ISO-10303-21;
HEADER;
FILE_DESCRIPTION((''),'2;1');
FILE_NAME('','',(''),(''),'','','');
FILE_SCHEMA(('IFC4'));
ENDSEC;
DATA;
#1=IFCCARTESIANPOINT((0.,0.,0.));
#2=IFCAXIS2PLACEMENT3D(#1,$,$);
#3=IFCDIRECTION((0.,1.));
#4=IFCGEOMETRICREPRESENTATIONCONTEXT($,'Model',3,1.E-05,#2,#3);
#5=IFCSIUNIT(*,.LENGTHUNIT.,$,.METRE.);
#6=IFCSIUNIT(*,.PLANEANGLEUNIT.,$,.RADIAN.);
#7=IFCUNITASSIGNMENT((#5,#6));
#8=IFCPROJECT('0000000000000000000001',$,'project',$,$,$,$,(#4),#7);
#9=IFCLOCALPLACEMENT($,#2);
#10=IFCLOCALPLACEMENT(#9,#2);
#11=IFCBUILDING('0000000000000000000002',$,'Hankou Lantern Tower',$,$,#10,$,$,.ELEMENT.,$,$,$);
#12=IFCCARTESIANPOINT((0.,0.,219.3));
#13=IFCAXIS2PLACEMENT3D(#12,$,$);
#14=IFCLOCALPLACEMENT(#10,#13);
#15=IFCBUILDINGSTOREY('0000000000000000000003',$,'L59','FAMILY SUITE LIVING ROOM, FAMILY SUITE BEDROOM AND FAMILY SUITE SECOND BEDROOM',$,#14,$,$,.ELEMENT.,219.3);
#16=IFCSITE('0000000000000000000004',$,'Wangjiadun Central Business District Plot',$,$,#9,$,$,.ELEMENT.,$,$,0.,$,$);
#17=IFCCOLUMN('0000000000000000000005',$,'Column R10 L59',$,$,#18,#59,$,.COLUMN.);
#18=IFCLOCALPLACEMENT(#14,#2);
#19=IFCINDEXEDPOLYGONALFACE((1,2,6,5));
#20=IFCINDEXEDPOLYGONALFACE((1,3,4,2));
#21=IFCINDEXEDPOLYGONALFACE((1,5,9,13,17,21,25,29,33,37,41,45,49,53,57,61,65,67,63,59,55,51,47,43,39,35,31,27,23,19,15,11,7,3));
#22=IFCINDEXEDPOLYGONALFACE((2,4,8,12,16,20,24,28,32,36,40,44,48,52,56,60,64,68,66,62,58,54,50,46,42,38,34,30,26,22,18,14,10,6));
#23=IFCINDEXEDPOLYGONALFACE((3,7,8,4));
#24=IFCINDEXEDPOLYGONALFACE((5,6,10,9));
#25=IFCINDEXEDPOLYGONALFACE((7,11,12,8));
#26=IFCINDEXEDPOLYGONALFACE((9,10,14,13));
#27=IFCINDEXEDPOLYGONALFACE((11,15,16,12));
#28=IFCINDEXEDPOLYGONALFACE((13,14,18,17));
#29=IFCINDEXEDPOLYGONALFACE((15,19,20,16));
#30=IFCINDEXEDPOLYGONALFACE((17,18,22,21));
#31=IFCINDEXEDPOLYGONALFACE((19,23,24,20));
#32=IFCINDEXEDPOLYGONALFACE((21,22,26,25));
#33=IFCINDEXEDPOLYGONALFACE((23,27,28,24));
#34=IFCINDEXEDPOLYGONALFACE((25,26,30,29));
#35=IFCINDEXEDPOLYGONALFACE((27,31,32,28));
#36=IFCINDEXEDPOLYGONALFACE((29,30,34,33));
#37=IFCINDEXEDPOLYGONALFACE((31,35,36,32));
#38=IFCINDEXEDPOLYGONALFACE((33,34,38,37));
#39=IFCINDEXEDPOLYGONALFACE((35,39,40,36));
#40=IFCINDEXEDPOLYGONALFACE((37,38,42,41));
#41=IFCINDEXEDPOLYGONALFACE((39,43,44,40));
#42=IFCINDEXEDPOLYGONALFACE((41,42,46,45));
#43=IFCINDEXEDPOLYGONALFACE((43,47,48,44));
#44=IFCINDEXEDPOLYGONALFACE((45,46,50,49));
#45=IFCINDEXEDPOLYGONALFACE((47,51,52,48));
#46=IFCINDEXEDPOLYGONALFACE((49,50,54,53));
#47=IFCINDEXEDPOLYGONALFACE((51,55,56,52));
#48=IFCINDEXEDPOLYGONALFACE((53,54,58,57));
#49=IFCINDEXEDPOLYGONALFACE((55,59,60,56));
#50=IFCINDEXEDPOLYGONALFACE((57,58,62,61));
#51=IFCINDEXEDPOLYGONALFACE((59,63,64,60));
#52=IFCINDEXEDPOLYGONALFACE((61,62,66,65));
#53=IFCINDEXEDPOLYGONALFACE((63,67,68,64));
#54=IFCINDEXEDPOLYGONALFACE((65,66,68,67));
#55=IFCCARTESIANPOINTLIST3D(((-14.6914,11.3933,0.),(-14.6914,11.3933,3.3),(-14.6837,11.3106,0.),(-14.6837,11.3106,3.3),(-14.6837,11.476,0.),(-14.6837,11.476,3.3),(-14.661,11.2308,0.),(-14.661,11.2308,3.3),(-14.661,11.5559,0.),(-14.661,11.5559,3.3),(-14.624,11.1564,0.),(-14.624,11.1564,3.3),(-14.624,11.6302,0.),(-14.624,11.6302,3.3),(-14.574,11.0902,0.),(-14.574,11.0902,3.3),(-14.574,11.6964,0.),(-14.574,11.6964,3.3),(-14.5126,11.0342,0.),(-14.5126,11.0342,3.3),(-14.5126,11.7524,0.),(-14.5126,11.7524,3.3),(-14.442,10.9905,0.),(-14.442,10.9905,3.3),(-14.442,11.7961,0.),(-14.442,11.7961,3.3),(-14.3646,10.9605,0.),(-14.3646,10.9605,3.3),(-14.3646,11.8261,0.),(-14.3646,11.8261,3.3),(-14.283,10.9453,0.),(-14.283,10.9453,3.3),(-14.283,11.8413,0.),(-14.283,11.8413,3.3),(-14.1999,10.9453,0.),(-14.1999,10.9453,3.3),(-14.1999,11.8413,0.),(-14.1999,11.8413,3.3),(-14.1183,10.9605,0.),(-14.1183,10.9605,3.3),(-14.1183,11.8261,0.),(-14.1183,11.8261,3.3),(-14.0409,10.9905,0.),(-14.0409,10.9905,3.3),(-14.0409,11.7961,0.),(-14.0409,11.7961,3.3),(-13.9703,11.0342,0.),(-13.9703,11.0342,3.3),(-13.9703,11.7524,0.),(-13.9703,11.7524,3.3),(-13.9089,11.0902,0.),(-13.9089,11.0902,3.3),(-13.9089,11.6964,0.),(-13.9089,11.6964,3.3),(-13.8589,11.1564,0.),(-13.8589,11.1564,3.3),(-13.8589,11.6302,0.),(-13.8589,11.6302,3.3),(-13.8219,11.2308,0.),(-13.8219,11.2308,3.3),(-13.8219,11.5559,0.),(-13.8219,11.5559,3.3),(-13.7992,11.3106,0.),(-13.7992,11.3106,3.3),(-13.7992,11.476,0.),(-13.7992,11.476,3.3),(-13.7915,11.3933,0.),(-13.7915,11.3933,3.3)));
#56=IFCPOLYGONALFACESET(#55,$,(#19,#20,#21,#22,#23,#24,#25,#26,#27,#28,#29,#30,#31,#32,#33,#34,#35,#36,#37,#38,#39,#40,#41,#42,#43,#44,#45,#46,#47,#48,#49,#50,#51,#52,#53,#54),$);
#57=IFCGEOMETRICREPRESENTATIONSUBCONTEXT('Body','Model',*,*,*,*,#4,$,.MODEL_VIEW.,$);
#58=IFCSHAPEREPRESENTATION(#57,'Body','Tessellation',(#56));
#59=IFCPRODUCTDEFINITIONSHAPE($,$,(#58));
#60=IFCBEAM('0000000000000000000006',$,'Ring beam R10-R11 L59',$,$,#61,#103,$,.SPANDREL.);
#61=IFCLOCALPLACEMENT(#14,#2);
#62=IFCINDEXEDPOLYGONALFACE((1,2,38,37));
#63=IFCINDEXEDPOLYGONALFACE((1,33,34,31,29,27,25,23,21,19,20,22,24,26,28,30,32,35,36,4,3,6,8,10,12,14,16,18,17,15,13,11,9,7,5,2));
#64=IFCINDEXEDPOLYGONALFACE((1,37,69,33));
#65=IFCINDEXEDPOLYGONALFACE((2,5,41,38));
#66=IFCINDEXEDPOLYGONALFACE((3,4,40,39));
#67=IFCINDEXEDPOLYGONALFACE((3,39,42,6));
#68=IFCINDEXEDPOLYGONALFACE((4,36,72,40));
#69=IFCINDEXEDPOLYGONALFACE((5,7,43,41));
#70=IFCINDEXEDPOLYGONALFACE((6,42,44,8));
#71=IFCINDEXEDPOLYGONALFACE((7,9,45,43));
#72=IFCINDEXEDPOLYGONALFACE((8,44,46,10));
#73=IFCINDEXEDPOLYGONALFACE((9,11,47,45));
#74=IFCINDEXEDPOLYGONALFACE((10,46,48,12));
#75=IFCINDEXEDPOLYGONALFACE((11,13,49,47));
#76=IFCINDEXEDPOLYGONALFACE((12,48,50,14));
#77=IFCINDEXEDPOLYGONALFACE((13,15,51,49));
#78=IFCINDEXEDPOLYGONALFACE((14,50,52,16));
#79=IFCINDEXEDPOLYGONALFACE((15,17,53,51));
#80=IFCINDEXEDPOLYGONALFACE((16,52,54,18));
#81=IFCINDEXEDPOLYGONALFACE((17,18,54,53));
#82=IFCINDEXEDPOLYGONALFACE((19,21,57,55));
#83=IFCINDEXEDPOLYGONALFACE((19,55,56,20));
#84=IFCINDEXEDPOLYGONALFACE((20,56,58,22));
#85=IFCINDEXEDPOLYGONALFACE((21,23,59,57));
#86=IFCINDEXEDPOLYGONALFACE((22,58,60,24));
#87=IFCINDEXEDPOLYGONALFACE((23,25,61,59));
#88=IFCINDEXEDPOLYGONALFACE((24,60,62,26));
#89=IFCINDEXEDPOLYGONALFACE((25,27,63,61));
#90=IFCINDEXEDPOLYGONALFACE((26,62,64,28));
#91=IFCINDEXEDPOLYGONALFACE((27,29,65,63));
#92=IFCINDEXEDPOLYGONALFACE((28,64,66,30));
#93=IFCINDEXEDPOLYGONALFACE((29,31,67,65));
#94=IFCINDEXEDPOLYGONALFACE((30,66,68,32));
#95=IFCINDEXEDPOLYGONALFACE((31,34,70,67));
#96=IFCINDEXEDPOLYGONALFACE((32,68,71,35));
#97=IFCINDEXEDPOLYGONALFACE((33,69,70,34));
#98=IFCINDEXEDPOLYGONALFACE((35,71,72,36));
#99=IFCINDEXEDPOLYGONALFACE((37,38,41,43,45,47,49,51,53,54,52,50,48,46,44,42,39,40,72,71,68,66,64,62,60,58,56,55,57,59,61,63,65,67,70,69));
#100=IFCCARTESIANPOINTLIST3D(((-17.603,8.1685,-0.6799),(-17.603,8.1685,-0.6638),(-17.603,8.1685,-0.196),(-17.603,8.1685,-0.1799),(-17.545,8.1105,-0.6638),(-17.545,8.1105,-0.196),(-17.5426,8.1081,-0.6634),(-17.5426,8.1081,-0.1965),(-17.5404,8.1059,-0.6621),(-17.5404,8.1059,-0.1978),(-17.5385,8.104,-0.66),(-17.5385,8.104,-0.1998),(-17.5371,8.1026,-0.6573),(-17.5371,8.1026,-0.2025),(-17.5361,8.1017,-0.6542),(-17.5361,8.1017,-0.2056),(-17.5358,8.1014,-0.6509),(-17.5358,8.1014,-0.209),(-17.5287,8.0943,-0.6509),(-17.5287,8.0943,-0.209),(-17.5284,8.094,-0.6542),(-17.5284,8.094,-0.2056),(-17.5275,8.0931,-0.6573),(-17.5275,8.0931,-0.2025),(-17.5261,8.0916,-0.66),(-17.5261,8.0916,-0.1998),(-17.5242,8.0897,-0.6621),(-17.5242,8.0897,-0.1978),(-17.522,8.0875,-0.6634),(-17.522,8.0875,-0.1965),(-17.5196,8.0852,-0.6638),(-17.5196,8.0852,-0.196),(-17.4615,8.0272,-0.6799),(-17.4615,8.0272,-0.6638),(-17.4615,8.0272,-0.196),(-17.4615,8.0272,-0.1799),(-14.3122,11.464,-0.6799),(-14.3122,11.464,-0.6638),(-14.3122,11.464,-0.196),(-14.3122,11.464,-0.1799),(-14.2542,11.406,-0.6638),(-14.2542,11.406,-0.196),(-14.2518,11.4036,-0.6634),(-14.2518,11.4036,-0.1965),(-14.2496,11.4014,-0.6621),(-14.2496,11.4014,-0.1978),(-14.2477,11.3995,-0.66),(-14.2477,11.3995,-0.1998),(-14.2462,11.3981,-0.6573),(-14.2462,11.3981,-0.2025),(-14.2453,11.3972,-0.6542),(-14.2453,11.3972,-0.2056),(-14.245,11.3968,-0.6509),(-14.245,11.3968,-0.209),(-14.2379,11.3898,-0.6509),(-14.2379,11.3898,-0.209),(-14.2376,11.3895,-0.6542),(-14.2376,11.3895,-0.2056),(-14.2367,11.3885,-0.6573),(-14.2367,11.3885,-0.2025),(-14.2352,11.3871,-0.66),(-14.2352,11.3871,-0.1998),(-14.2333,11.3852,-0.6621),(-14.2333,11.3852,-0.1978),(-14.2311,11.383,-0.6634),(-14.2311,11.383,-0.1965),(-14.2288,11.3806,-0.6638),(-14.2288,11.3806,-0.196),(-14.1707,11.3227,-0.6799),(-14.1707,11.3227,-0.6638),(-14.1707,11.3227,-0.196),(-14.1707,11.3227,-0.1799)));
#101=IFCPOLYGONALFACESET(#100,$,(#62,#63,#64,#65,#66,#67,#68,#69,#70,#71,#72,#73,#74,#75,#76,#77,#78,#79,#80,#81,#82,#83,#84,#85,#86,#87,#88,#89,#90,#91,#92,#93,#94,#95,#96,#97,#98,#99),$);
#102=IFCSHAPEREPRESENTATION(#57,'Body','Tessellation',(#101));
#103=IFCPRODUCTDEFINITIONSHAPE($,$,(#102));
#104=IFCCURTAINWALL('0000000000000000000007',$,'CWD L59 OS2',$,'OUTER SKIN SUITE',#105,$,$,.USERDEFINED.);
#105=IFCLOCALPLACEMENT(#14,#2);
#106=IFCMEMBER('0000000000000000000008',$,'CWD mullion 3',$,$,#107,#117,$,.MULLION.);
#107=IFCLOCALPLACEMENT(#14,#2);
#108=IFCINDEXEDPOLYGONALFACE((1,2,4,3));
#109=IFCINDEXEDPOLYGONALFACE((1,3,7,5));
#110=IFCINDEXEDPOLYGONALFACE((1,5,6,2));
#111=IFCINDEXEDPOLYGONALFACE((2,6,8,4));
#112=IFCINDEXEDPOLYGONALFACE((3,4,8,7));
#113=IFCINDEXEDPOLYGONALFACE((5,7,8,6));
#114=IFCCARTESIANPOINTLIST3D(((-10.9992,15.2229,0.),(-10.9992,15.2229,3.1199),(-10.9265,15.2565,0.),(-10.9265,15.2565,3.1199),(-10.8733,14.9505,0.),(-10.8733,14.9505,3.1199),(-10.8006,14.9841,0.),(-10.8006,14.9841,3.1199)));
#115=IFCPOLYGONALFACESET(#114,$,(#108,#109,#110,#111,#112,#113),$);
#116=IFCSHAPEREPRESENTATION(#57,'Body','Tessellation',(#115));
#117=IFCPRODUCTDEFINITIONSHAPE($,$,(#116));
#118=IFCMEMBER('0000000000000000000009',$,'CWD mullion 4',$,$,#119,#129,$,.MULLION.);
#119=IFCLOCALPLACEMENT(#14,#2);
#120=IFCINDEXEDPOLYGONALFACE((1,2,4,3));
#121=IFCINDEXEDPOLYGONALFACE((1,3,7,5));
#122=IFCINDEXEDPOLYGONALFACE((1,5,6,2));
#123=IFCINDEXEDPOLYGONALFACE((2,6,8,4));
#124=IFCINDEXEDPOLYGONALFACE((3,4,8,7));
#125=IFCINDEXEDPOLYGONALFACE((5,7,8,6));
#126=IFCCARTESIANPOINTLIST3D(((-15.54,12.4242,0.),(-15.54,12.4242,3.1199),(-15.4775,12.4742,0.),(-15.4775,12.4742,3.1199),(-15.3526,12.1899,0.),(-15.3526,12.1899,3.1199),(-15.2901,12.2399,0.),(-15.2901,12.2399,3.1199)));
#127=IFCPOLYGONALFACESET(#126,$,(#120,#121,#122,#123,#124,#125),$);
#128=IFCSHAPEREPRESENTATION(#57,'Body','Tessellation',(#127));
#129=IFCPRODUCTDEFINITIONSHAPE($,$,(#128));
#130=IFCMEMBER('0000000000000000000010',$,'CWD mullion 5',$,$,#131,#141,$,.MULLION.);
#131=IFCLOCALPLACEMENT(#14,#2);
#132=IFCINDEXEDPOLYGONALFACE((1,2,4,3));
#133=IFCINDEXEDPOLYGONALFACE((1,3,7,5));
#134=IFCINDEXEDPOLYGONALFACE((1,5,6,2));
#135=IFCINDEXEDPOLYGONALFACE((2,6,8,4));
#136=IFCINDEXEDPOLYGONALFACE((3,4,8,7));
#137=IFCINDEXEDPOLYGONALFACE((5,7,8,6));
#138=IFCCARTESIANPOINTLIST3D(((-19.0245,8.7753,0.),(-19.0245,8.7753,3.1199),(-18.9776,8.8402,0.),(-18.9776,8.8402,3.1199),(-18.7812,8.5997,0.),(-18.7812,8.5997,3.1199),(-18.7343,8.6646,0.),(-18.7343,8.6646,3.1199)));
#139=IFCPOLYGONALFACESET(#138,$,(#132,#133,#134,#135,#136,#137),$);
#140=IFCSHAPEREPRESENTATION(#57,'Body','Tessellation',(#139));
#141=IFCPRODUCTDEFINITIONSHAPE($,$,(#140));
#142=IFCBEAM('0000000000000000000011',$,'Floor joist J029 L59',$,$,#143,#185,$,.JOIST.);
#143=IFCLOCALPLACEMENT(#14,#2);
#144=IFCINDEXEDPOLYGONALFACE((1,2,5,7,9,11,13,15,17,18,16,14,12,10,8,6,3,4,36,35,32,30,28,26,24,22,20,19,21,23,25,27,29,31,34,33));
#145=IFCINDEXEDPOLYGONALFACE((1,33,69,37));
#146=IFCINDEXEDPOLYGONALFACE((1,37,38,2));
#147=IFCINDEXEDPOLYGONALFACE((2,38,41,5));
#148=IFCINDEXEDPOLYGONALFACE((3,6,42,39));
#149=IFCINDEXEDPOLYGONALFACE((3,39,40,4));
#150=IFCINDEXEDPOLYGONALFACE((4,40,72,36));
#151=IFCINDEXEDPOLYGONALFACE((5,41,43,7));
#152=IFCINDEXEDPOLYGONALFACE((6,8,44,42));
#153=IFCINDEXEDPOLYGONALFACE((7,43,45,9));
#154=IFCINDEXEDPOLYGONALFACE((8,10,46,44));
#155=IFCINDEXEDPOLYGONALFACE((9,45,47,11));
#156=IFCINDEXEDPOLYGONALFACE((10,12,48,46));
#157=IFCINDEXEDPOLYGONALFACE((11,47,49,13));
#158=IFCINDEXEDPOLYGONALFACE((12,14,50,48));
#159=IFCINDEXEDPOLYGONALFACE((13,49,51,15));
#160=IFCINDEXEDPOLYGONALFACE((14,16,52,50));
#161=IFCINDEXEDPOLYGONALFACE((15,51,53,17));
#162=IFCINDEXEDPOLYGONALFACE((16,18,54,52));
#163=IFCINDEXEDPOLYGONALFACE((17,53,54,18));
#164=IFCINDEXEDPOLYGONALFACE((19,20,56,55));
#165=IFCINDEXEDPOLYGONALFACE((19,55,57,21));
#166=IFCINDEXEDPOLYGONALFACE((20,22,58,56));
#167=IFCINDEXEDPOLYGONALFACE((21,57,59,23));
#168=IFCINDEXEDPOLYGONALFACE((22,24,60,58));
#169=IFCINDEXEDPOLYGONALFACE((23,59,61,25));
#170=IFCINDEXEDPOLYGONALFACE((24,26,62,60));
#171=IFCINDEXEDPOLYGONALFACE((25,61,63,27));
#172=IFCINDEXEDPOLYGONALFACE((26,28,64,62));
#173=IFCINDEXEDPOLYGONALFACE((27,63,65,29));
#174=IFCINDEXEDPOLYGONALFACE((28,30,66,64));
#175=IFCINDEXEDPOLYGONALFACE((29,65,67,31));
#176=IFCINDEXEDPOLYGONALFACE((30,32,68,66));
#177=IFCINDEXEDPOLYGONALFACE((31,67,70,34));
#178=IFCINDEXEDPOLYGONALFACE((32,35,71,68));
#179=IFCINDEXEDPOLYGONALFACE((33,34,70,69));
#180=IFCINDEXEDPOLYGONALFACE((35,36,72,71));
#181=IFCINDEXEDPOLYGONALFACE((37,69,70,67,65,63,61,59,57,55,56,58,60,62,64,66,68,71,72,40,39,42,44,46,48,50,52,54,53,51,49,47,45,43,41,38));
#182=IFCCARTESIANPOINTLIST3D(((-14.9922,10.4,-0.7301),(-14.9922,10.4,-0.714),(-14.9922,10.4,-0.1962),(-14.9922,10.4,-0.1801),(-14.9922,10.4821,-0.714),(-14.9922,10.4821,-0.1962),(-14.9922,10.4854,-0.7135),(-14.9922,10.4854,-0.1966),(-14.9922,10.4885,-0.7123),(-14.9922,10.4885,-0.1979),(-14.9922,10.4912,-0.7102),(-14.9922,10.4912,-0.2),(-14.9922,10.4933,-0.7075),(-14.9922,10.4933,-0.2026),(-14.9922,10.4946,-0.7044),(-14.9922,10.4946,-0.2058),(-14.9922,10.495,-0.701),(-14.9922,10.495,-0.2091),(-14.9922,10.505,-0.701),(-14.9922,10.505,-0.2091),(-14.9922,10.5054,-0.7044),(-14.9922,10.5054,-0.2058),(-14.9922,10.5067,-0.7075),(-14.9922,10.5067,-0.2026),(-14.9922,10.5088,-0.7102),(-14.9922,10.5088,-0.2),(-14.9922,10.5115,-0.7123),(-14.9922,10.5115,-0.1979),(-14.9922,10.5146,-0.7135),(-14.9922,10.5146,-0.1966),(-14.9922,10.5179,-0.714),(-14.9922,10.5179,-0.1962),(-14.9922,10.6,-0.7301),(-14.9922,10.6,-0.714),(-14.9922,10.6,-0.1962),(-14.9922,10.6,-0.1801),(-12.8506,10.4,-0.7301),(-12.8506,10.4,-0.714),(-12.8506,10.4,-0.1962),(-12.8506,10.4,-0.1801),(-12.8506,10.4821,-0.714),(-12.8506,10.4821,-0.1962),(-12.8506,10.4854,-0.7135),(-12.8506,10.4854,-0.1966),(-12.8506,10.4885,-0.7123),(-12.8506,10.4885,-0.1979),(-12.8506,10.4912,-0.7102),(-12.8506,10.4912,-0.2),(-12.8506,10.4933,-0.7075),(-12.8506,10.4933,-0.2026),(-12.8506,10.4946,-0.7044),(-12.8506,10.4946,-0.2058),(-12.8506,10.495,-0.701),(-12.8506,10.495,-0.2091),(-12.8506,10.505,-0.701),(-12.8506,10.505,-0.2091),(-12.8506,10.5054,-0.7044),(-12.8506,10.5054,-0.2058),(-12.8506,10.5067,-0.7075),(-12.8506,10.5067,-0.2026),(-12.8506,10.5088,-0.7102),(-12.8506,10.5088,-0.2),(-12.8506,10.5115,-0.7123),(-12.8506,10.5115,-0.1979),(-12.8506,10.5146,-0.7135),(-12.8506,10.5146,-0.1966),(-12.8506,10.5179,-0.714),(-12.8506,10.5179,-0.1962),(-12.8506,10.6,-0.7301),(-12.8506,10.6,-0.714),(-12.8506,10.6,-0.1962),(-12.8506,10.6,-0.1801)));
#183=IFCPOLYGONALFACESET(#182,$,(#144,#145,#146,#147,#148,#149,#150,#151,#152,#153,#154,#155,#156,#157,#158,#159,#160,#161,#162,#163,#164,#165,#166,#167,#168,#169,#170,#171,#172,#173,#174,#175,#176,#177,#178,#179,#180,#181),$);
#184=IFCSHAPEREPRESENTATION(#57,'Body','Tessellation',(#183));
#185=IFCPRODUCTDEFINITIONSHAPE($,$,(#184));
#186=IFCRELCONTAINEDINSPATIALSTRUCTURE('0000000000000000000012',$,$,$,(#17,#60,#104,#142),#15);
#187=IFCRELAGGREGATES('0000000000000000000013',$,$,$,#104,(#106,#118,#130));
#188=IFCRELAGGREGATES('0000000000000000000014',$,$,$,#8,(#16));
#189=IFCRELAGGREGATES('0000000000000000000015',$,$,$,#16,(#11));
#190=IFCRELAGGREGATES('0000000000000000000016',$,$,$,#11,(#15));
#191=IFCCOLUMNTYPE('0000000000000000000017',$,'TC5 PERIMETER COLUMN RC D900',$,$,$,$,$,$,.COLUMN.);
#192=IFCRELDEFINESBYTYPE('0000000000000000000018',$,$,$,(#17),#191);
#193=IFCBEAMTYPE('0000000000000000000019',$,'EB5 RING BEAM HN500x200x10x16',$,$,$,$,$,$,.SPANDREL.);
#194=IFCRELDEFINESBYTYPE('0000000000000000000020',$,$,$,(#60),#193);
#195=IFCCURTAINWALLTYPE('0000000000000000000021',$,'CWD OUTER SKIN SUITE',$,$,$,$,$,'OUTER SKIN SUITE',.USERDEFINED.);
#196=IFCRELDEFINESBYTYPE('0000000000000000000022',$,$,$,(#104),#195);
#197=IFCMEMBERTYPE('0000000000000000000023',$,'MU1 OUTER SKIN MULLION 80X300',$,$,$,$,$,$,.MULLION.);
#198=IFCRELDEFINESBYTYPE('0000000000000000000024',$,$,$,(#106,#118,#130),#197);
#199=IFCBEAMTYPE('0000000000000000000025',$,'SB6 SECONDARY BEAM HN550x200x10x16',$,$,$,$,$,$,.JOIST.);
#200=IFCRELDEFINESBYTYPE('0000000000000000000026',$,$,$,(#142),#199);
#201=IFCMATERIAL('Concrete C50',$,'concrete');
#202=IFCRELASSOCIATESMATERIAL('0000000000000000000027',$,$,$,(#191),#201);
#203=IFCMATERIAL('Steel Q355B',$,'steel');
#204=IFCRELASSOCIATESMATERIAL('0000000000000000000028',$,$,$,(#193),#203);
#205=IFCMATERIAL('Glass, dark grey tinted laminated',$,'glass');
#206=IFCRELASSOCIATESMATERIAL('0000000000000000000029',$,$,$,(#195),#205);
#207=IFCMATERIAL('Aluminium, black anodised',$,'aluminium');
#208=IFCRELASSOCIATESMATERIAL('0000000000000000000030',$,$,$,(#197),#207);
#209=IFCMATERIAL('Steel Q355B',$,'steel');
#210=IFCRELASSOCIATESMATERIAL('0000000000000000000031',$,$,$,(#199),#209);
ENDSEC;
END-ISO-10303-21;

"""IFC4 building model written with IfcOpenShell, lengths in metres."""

from ifc_helpers import new_model, si_unit, direction, frame, origin, origin_2d, place, context, subcontext, project, spatial, rectangle, circle, i_section, extrude, material, material_profile, profile_set, type_object, element, aggregate, save


model = new_model("IFC4")

# Units and contexts
model_context = context("Model", 3, precision=1e-05, world=origin(), true_north=direction((0.0, 1.0)))
body_context = subcontext(model_context, "Body", "Model", "MODEL_VIEW")
ifc_project = project(units=[si_unit("LENGTHUNIT", "METRE"), si_unit("PLANEANGLEUNIT", "RADIAN")], contexts=[model_context])

# Site, building, storey
site_placement = place(None, origin())
site = spatial("IfcSite", under=ifc_project, at=site_placement, Name="Wangjiadun Central Business District Plot", CompositionType="ELEMENT", RefElevation=0.0)
building_placement = place(site_placement, origin())
building = spatial("IfcBuilding", under=site, at=building_placement, Name="Hankou Lantern Tower", CompositionType="ELEMENT")
storey_placement = place(building_placement, frame((0.0, 0.0, 219.3)))
storey = spatial("IfcBuildingStorey", under=building, at=storey_placement, Name="L59", Description="FAMILY SUITE LIVING ROOM, FAMILY SUITE BEDROOM AND FAMILY SUITE SECOND BEDROOM", CompositionType="ELEMENT", Elevation=219.3)

# Column
ifc_material_1 = material(Name="Concrete C50", Category="concrete")
ifc_material_profile_1 = material_profile(ifc_material_1, circle(Radius=0.45, at=origin_2d()), Name="RC D900")
ifc_profile_set_1 = profile_set([ifc_material_profile_1], Name="Concrete C50")
column_type = type_object("IfcColumnType", Name="TC5 PERIMETER COLUMN RC D900", PredefinedType="COLUMN", material=ifc_profile_set_1)
column_placement = place(storey_placement, frame((-14.2415, 11.3933, 0.0), z_axis=(0.0, 0.0, 1.0), x_axis=(1.0, 0.0, 0.0)))
element("IfcColumn", 1, at=column_placement, inside=storey, type_object=column_type, Name="Column R10 L59", PredefinedType="COLUMN", context=body_context, shape_type="SweptSolid", body=[
    extrude(circle(Radius=0.45, at=origin_2d()), origin(), (0.0, 0.0, 1.0), 3.3),
])

# Beam
ifc_material_2 = material(Name="Steel Q355B", Category="steel")
ifc_material_profile_2 = material_profile(ifc_material_2, i_section(OverallWidth=0.2, OverallDepth=0.5, WebThickness=0.01, FlangeThickness=0.0161, FilletRadius=0.0129, at=origin_2d()), Name="HN500x200x10x16")
ifc_profile_set_2 = profile_set([ifc_material_profile_2], Name="Steel Q355B")
beam_type_1 = type_object("IfcBeamType", Name="EB5 RING BEAM HN500x200x10x16", PredefinedType="SPANDREL", material=ifc_profile_set_2)
beam_1_placement = place(storey_placement, frame((-14.2415, 11.3933, -0.4299), z_axis=(-0.706609, -0.707605, 0.0), x_axis=(0.707605, -0.706609, 0.0)))
element("IfcBeam", 2, at=beam_1_placement, inside=storey, type_object=beam_type_1, Name="Ring beam R10-R11 L59", PredefinedType="SPANDREL", context=body_context, shape_type="SweptSolid", body=[
    extrude(i_section(OverallWidth=0.2, OverallDepth=0.5, WebThickness=0.01, FlangeThickness=0.0161, FilletRadius=0.0129, at=origin_2d()), origin(), (0.0, 0.0, 1.0), 4.6572),
])

# Curtain wall, members
ifc_material_3 = material(Name="Glass, dark grey tinted laminated", Category="glass")
curtain_wall_type = type_object("IfcCurtainWallType", Name="CWD OUTER SKIN SUITE", ElementType="OUTER SKIN SUITE", PredefinedType="USERDEFINED", material=ifc_material_3)
curtain_wall_placement = place(storey_placement, origin())
curtain_wall = element("IfcCurtainWall", 3, at=curtain_wall_placement, inside=storey, type_object=curtain_wall_type, Name="CWD L59 OS2", ObjectType="OUTER SKIN SUITE", PredefinedType="USERDEFINED")
ifc_material_4 = material(Name="Aluminium, black anodised", Category="aluminium")
ifc_material_profile_3 = material_profile(ifc_material_4, rectangle(XDim=0.0801, YDim=0.3, at=origin_2d()), Name="MU1 80X300")
ifc_profile_set_3 = profile_set([ifc_material_profile_3], Name="Aluminium, black anodised")
member_type_1 = type_object("IfcMemberType", Name="MU1 OUTER SKIN MULLION 80X300", PredefinedType="MULLION", material=ifc_profile_set_3)
member_1_placement = place(storey_placement, frame((-10.8999, 15.1035, 0.0), z_axis=(0.0, 0.0, 1.0), x_axis=(-0.907841, -0.419314, 0.0)))
member_1 = element("IfcMember", 4, at=member_1_placement, type_object=member_type_1, Name="CWD mullion 3", PredefinedType="MULLION", context=body_context, shape_type="SweptSolid", body=[
    extrude(rectangle(XDim=0.0801, YDim=0.3, at=origin_2d()), origin(), (0.0, 0.0, 1.0), 3.1199),
])
member_2_placement = place(storey_placement, frame((-15.415, 12.332, 0.0), z_axis=(0.0, 0.0, 1.0), x_axis=(-0.780869, -0.624695, 0.0)))
member_2 = element("IfcMember", 5, at=member_2_placement, type_object=member_type_1, Name="CWD mullion 4", PredefinedType="MULLION", context=body_context, shape_type="SweptSolid", body=[
    extrude(rectangle(XDim=0.0801, YDim=0.3, at=origin_2d()), origin(), (0.0, 0.0, 1.0), 3.1199),
])
member_3_placement = place(storey_placement, frame((-18.8794, 8.72, 0.0), z_axis=(0.0, 0.0, 1.0), x_axis=(-0.585206, -0.810885, 0.0)))
member_3 = element("IfcMember", 6, at=member_3_placement, type_object=member_type_1, Name="CWD mullion 5", PredefinedType="MULLION", context=body_context, shape_type="SweptSolid", body=[
    extrude(rectangle(XDim=0.0801, YDim=0.3, at=origin_2d()), origin(), (0.0, 0.0, 1.0), 3.1199),
])

# Beam
ifc_material_5 = material(Name="Steel Q355B", Category="steel")
ifc_material_profile_4 = material_profile(ifc_material_5, i_section(OverallWidth=0.2, OverallDepth=0.55, WebThickness=0.01, FlangeThickness=0.0161, FilletRadius=0.0129, at=origin_2d()), Name="HN550x200x10x16")
ifc_profile_set_4 = profile_set([ifc_material_profile_4], Name="Steel Q355B")
beam_type_2 = type_object("IfcBeamType", Name="SB6 SECONDARY BEAM HN550x200x10x16", PredefinedType="JOIST", material=ifc_profile_set_4)
beam_2_placement = place(storey_placement, frame((-14.9922, 10.5, -0.4551), z_axis=(1.0, 0.0, 0.0), x_axis=(0.0, 1.0, 0.0)))
element("IfcBeam", 7, at=beam_2_placement, inside=storey, type_object=beam_type_2, Name="Floor joist J029 L59", PredefinedType="JOIST", context=body_context, shape_type="SweptSolid", body=[
    extrude(i_section(OverallWidth=0.2, OverallDepth=0.55, WebThickness=0.01, FlangeThickness=0.0161, FilletRadius=0.0129, at=origin_2d()), origin(), (0.0, 0.0, 1.0), 2.1416),
])

aggregate(curtain_wall, [member_1, member_2, member_3])

save(model, "model.ifc")
